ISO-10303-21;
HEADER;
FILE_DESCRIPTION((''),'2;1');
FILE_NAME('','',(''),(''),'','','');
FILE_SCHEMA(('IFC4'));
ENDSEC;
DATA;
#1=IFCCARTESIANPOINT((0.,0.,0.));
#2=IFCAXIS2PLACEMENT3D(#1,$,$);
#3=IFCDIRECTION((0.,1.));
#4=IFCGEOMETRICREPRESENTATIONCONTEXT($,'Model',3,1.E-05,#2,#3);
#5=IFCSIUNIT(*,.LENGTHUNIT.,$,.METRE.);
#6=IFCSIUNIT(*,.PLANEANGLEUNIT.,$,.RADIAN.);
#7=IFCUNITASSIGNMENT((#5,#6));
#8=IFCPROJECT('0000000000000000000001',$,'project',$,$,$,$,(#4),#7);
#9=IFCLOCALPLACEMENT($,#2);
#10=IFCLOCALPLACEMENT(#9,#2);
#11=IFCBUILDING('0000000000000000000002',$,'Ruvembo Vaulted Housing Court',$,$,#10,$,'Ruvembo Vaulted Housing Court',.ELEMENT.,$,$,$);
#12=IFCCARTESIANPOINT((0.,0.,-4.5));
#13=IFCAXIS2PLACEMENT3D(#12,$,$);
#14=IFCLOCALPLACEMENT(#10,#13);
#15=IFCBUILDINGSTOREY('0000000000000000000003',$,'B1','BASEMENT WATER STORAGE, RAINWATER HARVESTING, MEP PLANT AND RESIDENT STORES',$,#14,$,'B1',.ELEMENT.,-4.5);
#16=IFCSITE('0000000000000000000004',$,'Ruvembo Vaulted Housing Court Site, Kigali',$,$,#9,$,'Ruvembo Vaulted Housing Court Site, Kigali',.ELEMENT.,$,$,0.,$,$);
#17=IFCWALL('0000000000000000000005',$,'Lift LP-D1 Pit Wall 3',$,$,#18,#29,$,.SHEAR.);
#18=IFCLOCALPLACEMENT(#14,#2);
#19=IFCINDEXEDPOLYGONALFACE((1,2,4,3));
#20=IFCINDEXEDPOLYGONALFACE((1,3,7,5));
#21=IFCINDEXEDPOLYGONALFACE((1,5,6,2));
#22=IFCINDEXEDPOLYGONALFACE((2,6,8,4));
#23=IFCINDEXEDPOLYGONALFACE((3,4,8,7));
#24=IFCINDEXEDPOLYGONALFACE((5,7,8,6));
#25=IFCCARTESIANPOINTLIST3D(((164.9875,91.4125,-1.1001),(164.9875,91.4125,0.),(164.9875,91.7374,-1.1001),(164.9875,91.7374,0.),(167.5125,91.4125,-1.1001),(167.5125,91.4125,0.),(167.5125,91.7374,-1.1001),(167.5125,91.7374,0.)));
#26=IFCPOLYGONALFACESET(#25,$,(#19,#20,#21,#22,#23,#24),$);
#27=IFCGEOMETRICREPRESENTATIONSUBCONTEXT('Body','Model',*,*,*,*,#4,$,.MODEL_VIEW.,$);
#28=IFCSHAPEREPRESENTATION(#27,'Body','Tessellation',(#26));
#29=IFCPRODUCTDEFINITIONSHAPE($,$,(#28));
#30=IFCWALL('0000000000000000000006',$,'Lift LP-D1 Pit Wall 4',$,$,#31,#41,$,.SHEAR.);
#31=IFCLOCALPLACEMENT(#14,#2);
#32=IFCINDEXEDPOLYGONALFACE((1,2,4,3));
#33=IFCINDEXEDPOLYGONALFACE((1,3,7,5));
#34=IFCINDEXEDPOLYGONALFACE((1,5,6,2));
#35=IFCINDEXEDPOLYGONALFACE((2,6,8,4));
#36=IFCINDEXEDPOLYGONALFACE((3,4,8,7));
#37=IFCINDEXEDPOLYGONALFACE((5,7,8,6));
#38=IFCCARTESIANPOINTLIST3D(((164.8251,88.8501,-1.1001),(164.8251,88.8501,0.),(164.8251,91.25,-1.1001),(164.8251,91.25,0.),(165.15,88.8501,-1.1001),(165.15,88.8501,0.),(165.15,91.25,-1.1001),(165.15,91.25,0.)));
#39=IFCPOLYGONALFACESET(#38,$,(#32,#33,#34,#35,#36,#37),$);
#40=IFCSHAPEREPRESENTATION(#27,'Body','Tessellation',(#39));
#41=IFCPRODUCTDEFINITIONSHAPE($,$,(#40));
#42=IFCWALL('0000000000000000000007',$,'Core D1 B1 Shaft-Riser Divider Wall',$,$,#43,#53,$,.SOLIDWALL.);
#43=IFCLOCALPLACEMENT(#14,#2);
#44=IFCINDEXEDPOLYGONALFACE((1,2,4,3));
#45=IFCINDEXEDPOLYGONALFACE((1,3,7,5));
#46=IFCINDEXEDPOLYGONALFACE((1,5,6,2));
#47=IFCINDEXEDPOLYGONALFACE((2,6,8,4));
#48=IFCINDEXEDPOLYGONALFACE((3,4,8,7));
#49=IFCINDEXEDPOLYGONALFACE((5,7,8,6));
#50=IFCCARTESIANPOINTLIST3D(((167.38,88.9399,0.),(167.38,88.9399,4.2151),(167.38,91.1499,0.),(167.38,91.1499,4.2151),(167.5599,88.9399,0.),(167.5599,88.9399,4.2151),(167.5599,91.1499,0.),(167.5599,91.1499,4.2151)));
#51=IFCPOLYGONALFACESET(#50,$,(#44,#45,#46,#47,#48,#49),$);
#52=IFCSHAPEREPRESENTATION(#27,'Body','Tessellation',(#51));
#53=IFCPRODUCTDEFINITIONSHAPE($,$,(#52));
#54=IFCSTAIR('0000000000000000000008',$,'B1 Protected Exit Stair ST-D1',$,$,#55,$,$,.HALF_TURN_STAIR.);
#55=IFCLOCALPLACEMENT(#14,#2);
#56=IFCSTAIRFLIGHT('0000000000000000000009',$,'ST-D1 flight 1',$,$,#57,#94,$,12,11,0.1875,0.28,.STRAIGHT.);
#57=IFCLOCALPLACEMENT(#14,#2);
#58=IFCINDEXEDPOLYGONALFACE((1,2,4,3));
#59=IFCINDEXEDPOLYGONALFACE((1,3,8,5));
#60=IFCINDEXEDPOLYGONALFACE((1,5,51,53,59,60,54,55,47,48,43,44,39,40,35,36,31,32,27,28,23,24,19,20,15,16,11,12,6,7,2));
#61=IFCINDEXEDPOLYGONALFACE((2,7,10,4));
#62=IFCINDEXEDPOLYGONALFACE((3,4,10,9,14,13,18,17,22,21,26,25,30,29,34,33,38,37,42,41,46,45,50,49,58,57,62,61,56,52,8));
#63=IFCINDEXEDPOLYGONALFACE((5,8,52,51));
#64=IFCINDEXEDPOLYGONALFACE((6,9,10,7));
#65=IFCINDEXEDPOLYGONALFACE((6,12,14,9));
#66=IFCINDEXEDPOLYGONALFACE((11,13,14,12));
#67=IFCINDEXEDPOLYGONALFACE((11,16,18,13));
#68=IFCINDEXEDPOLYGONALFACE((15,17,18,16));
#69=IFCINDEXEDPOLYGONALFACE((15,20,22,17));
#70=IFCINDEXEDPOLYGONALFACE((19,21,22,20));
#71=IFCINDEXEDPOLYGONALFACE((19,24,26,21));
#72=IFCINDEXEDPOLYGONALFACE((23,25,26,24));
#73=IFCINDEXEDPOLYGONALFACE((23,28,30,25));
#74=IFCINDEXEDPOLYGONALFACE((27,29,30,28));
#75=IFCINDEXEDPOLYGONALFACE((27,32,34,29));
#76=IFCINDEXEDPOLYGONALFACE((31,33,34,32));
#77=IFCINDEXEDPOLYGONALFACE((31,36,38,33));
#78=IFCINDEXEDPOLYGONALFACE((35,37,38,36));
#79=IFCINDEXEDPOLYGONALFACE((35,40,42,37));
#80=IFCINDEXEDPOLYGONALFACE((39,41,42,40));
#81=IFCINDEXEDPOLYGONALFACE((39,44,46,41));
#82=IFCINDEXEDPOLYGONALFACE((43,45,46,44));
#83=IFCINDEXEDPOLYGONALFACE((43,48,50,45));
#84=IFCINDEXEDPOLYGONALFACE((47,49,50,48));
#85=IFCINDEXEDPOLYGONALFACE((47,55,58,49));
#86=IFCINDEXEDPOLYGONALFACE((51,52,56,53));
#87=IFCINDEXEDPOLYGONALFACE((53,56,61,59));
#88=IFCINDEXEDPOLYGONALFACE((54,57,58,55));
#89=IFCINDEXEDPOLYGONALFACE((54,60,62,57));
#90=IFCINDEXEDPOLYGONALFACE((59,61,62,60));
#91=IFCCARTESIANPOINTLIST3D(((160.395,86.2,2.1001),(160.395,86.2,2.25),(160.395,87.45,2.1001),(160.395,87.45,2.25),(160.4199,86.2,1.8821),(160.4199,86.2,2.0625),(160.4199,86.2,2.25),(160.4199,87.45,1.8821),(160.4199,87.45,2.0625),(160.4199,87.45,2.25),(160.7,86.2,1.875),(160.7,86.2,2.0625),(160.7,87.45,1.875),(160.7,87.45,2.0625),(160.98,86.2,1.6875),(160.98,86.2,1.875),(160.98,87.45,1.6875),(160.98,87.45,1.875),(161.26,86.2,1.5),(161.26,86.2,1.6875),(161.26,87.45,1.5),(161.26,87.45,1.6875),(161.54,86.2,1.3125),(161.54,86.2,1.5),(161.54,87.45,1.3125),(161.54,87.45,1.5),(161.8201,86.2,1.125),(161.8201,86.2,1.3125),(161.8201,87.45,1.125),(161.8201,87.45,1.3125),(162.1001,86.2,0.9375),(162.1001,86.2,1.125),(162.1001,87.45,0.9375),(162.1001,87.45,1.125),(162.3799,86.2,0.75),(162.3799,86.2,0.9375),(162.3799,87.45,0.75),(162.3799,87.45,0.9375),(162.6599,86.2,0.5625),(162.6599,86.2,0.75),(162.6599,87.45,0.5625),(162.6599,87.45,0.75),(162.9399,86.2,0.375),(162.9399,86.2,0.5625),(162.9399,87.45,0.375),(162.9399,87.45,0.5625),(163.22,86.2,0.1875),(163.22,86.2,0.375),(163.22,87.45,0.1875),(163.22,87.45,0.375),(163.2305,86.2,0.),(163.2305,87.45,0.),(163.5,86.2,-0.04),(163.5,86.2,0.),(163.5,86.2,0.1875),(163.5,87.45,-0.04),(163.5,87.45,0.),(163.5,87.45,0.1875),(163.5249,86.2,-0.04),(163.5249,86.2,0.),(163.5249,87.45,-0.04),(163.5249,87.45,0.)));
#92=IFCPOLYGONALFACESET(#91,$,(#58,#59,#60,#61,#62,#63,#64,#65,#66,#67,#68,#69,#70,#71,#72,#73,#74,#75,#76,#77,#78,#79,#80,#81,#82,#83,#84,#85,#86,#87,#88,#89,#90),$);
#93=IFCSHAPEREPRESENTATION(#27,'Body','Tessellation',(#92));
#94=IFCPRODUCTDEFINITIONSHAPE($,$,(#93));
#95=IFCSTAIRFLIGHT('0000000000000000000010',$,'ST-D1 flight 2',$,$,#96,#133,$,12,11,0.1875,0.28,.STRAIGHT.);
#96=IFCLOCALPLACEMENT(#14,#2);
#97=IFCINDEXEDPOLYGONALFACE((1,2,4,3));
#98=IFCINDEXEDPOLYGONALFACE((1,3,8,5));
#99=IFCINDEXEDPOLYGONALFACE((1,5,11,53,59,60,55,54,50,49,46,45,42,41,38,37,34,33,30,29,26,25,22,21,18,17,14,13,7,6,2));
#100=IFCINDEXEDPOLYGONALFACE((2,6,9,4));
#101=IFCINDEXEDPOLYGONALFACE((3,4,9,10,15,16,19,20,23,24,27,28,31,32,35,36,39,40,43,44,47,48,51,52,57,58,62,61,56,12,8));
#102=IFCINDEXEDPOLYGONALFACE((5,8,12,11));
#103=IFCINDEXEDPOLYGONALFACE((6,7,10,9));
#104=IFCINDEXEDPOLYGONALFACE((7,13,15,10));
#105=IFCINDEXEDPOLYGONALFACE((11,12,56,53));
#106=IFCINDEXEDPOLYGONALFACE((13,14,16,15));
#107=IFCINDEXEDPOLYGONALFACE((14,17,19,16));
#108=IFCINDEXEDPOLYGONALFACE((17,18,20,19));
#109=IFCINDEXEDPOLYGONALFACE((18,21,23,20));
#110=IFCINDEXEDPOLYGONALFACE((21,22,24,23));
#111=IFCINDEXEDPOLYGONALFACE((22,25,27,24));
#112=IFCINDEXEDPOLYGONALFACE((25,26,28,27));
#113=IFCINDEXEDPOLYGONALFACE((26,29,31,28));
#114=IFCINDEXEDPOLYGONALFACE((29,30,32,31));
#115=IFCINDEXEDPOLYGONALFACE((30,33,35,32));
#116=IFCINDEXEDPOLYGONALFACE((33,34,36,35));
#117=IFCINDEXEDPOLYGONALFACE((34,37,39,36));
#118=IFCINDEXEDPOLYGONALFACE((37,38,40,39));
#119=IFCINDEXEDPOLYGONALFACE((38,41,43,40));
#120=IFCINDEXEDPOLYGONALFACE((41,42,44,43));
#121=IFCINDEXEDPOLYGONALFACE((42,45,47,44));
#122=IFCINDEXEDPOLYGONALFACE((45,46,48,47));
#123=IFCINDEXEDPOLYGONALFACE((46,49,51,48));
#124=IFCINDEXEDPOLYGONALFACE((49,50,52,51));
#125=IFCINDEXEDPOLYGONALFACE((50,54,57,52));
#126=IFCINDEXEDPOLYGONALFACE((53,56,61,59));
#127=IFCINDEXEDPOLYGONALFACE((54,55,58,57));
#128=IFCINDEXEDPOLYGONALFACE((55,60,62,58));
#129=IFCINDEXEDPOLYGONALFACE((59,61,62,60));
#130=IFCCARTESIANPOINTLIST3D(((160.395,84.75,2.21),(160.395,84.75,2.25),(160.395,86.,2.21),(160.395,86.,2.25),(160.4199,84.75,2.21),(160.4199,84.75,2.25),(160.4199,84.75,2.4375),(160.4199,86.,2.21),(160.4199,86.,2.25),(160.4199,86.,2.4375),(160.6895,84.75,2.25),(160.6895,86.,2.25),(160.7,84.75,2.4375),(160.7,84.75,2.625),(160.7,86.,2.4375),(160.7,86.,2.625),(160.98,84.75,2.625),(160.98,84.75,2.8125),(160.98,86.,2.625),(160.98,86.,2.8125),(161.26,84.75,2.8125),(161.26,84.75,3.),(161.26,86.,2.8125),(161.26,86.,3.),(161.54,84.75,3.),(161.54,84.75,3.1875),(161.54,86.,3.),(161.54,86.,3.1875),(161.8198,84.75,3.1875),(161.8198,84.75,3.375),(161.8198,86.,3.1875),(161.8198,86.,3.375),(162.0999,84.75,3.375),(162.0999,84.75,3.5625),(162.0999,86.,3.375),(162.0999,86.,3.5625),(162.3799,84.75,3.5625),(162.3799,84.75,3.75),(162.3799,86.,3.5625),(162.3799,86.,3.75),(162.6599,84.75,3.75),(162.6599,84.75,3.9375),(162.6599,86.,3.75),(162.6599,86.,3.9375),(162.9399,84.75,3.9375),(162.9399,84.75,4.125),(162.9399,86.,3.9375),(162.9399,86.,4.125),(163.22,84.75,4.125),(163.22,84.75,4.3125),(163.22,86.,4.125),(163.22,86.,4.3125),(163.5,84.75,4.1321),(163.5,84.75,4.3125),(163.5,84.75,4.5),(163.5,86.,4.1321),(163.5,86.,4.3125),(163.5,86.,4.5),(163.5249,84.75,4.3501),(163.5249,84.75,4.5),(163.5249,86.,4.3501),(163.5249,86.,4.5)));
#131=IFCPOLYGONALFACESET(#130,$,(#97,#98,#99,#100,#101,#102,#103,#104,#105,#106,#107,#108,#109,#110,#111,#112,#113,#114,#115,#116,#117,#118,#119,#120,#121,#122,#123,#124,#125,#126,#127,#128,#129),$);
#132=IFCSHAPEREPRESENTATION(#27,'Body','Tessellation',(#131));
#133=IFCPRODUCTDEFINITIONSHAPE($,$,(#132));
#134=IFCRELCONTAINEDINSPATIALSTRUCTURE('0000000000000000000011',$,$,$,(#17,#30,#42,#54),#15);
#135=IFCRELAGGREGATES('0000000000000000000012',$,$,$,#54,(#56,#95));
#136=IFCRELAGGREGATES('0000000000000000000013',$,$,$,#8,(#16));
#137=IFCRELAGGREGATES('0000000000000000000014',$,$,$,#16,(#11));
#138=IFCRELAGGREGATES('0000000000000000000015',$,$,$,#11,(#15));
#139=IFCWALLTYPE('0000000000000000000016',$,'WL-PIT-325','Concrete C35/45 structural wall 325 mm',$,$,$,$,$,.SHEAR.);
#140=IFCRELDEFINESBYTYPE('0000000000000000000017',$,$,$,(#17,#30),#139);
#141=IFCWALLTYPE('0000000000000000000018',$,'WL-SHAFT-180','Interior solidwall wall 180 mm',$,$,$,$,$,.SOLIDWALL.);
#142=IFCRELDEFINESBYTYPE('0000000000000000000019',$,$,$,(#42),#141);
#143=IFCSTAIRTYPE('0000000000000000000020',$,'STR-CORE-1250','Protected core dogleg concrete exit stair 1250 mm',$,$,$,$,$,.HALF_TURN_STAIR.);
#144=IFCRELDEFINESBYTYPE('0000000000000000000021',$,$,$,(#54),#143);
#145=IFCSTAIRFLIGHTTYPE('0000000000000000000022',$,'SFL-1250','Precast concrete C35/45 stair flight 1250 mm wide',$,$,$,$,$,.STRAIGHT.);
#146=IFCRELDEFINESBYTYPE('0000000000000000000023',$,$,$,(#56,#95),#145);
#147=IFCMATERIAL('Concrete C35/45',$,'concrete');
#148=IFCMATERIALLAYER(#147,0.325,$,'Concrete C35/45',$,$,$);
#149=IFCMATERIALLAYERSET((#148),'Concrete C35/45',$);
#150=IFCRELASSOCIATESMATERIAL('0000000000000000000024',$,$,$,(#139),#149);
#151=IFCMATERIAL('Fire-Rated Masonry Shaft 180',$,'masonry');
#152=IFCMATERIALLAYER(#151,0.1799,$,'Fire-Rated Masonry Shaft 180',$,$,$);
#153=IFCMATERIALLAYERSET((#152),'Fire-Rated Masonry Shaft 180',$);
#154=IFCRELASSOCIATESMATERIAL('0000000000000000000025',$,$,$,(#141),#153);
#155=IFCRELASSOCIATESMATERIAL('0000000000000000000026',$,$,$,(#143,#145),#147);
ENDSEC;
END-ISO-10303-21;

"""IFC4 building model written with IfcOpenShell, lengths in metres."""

from ifc_helpers import new_model, si_unit, direction, frame, frame_2d, origin, place, context, subcontext, project, spatial, polyline, rectangle, outline, extrude, material, layer, layer_set, type_object, element, aggregate, save


model = new_model("IFC4")

# Units and contexts
model_context = context("Model", 3, precision=1e-05, world=origin(), true_north=direction((0.0, 1.0)))
body_context = subcontext(model_context, "Body", "Model", "MODEL_VIEW")
ifc_project = project(units=[si_unit("LENGTHUNIT", "METRE"), si_unit("PLANEANGLEUNIT", "RADIAN")], contexts=[model_context])

# Site, building, storey
site_placement = place(None, origin())
site = spatial("IfcSite", under=ifc_project, at=site_placement, Name="Ruvembo Vaulted Housing Court Site, Kigali", LongName="Ruvembo Vaulted Housing Court Site, Kigali", CompositionType="ELEMENT", RefElevation=0.0)
building_placement = place(site_placement, origin())
building = spatial("IfcBuilding", under=site, at=building_placement, Name="Ruvembo Vaulted Housing Court", LongName="Ruvembo Vaulted Housing Court", CompositionType="ELEMENT")
storey_placement = place(building_placement, frame((0.0, 0.0, -4.5)))
storey = spatial("IfcBuildingStorey", under=building, at=storey_placement, Name="B1", Description="BASEMENT WATER STORAGE, RAINWATER HARVESTING, MEP PLANT AND RESIDENT STORES", LongName="B1", CompositionType="ELEMENT", Elevation=-4.5)

# Shared definitions
ifc_material_1 = material(Name="Concrete C35/45", Category="concrete")

# Walls
ifc_layer_1 = layer(ifc_material_1, 0.325, Name="Concrete C35/45")
ifc_layer_set_1 = layer_set([ifc_layer_1], Name="Concrete C35/45")
wall_type_1 = type_object("IfcWallType", Name="WL-PIT-325", Description="Concrete C35/45 structural wall 325 mm", PredefinedType="SHEAR", material=ifc_layer_set_1)
wall_1_placement = place(storey_placement, frame((167.5125, 91.575, -1.1001), z_axis=(0.0, 0.0, 1.0), x_axis=(-1.0, 0.0, 0.0)))
element("IfcWall", 1, at=wall_1_placement, inside=storey, type_object=wall_type_1, Name="Lift LP-D1 Pit Wall 3", PredefinedType="SHEAR", context=body_context, shape_type="SweptSolid", body=[
    extrude(rectangle(XDim=2.5249, YDim=0.325, at=frame_2d((1.2625, 0.0))), origin(), (0.0, 0.0, 1.0), 1.1001),
])
wall_2_placement = place(storey_placement, frame((164.9875, 91.25, -1.1001), z_axis=(0.0, 0.0, 1.0), x_axis=(0.0, -1.0, 0.0)))
element("IfcWall", 2, at=wall_2_placement, inside=storey, type_object=wall_type_1, Name="Lift LP-D1 Pit Wall 4", PredefinedType="SHEAR", context=body_context, shape_type="SweptSolid", body=[
    extrude(rectangle(XDim=2.3999, YDim=0.325, at=frame_2d((1.2, 0.0))), origin(), (0.0, 0.0, 1.0), 1.1001),
])

# Shared definitions
ifc_material_2 = material(Name="Fire-Rated Masonry Shaft 180", Category="masonry")
ifc_layer_2 = layer(ifc_material_2, 0.1799, Name="Fire-Rated Masonry Shaft 180")
ifc_layer_set_2 = layer_set([ifc_layer_2], Name="Fire-Rated Masonry Shaft 180")
wall_type_2 = type_object("IfcWallType", Name="WL-SHAFT-180", Description="Interior solidwall wall 180 mm", PredefinedType="SOLIDWALL", material=ifc_layer_set_2)

# Wall
wall_3_placement = place(storey_placement, frame((167.47, 88.9399, 0.0), z_axis=(0.0, 0.0, 1.0), x_axis=(0.0, 1.0, 0.0)))
element("IfcWall", 3, at=wall_3_placement, inside=storey, type_object=wall_type_2, Name="Core D1 B1 Shaft-Riser Divider Wall", PredefinedType="SOLIDWALL", context=body_context, shape_type="SweptSolid", body=[
    extrude(rectangle(XDim=2.21, YDim=0.1799, at=frame_2d((1.105, 0.0))), origin(), (0.0, 0.0, 1.0), 4.2151),
])

# Stair, stair flights
stair_type = type_object("IfcStairType", Name="STR-CORE-1250", Description="Protected core dogleg concrete exit stair 1250 mm", PredefinedType="HALF_TURN_STAIR", material=ifc_material_1)
stair_placement = place(storey_placement, origin())
stair = element("IfcStair", 4, at=stair_placement, inside=storey, type_object=stair_type, Name="B1 Protected Exit Stair ST-D1", PredefinedType="HALF_TURN_STAIR")
stair_flight_type = type_object("IfcStairFlightType", Name="SFL-1250", Description="Precast concrete C35/45 stair flight 1250 mm wide", PredefinedType="STRAIGHT", material=ifc_material_1)
stair_flight_1_placement = place(storey_placement, frame((163.5, 86.825, 0.0), z_axis=(0.0, 0.0, 1.0), x_axis=(-1.0, 0.0, 0.0)))
stair_flight_1 = element("IfcStairFlight", 5, at=stair_flight_1_placement, type_object=stair_flight_type, Name="ST-D1 flight 1", NumberOfRisers=12, NumberOfTreads=11, PredefinedType="STRAIGHT", RiserHeight=0.1875, TreadLength=0.28, context=body_context, shape_type="SweptSolid", body=[
    extrude(outline(polyline([(-0.0249, -0.04), (-0.0249, 0.0), (0.0, 0.0), (0.0, 0.1875), (0.28, 0.1875), (0.28, 0.375), (0.5601, 0.375), (0.5601, 0.5625), (0.8401, 0.5625), (0.8401, 0.75), (1.1201, 0.75), (1.1201, 0.9375), (1.3999, 0.9375), (1.3999, 1.125), (1.6799, 1.125), (1.6799, 1.3125), (1.96, 1.3125), (1.96, 1.5), (2.24, 1.5), (2.24, 1.6875), (2.52, 1.6875), (2.52, 1.875), (2.8, 1.875), (2.8, 2.0625), (3.0801, 2.0625), (3.0801, 2.25), (3.105, 2.25), (3.105, 2.1001), (3.0801, 1.8821), (0.2695, 0.0), (0.0, -0.04), (-0.0249, -0.04)])), frame((0.0, 0.625, 0.0), z_axis=(0.0, -1.0, 0.0), x_axis=(1.0, 0.0, 0.0)), (0.0, 0.0, 1.0), 1.25),
])
stair_flight_2_placement = place(storey_placement, frame((160.4199, 85.375, 2.25), z_axis=(0.0, 0.0, 1.0), x_axis=(1.0, 0.0, 0.0)))
stair_flight_2 = element("IfcStairFlight", 6, at=stair_flight_2_placement, type_object=stair_flight_type, Name="ST-D1 flight 2", NumberOfRisers=12, NumberOfTreads=11, PredefinedType="STRAIGHT", RiserHeight=0.1875, TreadLength=0.28, context=body_context, shape_type="SweptSolid", body=[
    extrude(outline(polyline([(-0.0249, -0.04), (-0.0249, 0.0), (0.0, 0.0), (0.0, 0.1875), (0.28, 0.1875), (0.28, 0.375), (0.5601, 0.375), (0.5601, 0.5625), (0.8401, 0.5625), (0.8401, 0.75), (1.1201, 0.75), (1.1201, 0.9375), (1.3999, 0.9375), (1.3999, 1.125), (1.6799, 1.125), (1.6799, 1.3125), (1.96, 1.3125), (1.96, 1.5), (2.24, 1.5), (2.24, 1.6875), (2.52, 1.6875), (2.52, 1.875), (2.8, 1.875), (2.8, 2.0625), (3.0801, 2.0625), (3.0801, 2.25), (3.105, 2.25), (3.105, 2.1001), (3.0801, 1.8821), (0.2695, 0.0), (0.0, -0.04), (-0.0249, -0.04)])), frame((0.0, 0.625, 0.0), z_axis=(0.0, -1.0, 0.0), x_axis=(1.0, 0.0, 0.0)), (0.0, 0.0, 1.0), 1.25),
])
aggregate(stair, [stair_flight_1, stair_flight_2])

save(model, "model.ifc")
